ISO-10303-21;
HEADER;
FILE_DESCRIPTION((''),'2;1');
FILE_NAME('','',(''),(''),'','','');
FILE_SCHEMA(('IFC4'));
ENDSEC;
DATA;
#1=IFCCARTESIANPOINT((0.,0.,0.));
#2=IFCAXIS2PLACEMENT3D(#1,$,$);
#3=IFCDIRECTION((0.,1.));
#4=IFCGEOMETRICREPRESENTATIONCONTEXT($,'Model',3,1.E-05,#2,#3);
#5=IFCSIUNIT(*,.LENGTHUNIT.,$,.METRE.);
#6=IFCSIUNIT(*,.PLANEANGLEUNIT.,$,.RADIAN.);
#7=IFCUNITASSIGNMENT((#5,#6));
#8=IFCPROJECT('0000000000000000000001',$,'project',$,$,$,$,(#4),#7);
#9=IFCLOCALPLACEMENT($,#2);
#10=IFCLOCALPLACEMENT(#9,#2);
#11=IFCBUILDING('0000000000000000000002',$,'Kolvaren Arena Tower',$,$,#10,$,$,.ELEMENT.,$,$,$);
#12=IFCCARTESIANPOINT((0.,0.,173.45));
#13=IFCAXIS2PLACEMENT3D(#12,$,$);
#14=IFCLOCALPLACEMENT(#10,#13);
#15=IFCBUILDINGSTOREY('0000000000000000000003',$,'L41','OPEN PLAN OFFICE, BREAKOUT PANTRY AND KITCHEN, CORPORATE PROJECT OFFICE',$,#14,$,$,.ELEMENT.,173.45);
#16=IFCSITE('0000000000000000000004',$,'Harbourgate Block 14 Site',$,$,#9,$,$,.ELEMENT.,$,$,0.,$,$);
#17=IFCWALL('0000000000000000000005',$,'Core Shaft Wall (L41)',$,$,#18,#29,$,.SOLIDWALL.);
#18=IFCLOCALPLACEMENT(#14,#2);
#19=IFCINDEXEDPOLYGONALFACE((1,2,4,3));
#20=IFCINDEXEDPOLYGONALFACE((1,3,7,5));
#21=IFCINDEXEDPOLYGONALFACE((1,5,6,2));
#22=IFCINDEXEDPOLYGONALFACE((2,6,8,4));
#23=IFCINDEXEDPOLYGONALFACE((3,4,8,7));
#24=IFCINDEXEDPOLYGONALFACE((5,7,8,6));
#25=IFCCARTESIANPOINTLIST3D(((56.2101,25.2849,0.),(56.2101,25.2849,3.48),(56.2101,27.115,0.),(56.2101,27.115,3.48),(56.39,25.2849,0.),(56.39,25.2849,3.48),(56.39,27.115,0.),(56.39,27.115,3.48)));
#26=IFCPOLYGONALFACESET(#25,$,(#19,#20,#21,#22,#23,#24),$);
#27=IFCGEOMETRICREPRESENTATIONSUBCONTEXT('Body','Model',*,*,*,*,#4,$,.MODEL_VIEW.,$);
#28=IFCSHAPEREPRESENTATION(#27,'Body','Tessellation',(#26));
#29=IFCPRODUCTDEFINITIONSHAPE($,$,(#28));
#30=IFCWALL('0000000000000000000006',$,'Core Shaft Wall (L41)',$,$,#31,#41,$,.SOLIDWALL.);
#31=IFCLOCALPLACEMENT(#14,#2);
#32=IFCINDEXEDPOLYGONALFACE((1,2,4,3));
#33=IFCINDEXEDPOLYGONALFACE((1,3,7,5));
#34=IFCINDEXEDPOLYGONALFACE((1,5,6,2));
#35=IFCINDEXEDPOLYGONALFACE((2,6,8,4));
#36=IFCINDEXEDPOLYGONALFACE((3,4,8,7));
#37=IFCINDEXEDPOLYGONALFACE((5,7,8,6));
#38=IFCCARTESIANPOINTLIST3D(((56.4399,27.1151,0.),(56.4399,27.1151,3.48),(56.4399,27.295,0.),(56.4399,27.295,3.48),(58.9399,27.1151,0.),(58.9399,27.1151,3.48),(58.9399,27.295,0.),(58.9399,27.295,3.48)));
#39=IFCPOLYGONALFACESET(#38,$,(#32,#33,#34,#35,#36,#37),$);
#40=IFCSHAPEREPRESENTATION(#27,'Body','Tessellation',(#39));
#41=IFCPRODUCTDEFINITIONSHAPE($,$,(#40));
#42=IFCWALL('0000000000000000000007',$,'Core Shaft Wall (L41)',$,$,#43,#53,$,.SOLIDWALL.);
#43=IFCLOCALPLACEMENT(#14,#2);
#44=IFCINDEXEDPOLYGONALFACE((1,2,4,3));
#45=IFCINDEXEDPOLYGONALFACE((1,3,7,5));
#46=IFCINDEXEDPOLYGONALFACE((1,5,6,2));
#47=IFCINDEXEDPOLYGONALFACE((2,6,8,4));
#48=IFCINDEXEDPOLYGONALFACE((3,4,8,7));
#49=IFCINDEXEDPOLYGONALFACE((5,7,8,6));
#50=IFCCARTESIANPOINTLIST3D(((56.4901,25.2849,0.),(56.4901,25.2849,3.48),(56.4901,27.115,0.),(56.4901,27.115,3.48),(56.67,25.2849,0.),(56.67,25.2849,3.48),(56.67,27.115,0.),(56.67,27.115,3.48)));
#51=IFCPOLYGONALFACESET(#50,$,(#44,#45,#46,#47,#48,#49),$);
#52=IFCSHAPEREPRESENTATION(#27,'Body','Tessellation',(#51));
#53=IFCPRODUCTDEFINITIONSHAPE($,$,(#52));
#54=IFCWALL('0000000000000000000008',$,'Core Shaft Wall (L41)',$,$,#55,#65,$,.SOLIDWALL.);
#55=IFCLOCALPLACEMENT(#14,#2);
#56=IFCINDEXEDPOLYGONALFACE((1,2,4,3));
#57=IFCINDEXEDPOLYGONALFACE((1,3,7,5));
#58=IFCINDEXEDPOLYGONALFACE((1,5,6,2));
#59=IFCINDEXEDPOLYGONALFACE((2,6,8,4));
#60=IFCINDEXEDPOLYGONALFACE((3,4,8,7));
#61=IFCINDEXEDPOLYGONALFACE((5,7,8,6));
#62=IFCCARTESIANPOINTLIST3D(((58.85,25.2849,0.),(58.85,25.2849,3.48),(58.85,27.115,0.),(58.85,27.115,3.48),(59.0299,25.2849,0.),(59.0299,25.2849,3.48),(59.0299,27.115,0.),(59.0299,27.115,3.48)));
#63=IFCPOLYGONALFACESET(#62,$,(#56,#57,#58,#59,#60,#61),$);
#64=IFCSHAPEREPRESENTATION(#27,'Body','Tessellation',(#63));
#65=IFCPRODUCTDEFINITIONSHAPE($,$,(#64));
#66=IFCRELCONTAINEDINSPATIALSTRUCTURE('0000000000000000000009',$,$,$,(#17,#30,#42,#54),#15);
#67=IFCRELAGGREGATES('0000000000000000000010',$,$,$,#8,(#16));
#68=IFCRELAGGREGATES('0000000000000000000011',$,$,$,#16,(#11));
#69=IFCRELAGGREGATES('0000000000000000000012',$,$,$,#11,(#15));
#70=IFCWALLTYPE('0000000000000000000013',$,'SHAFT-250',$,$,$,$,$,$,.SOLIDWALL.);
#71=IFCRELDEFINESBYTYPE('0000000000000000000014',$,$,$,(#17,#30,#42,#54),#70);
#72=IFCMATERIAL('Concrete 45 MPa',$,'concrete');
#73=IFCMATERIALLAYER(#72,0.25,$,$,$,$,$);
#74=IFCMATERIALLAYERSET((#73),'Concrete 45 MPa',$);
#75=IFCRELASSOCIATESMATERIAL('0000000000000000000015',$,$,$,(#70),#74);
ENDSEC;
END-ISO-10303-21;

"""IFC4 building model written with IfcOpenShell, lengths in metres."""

from ifc_helpers import new_model, si_unit, direction, frame, frame_2d, origin, place, context, subcontext, project, spatial, rectangle, extrude, material, layer, layer_set, type_object, element, save


model = new_model("IFC4")

# Units and contexts
model_context = context("Model", 3, precision=1e-05, world=origin(), true_north=direction((0.0, 1.0)))
body_context = subcontext(model_context, "Body", "Model", "MODEL_VIEW")
ifc_project = project(units=[si_unit("LENGTHUNIT", "METRE"), si_unit("PLANEANGLEUNIT", "RADIAN")], contexts=[model_context])

# Site, building, storey
site_placement = place(None, origin())
site = spatial("IfcSite", under=ifc_project, at=site_placement, Name="Harbourgate Block 14 Site", CompositionType="ELEMENT", RefElevation=0.0)
building_placement = place(site_placement, origin())
building = spatial("IfcBuilding", under=site, at=building_placement, Name="Kolvaren Arena Tower", CompositionType="ELEMENT")
storey_placement = place(building_placement, frame((0.0, 0.0, 173.45)))
storey = spatial("IfcBuildingStorey", under=building, at=storey_placement, Name="L41", Description="OPEN PLAN OFFICE, BREAKOUT PANTRY AND KITCHEN, CORPORATE PROJECT OFFICE", CompositionType="ELEMENT", Elevation=173.45)

# Walls
ifc_material_1 = material(Name="Concrete 45 MPa", Category="concrete")
ifc_layer_1 = layer(ifc_material_1, 0.25)
ifc_layer_set_1 = layer_set([ifc_layer_1], Name="Concrete 45 MPa")
wall_type_1 = type_object("IfcWallType", Name="SHAFT-250", PredefinedType="SOLIDWALL", material=ifc_layer_set_1)
for number, where, z_axis, x_axis, name in (
    (1, (56.3, 25.2849, 0.0), (0.0, 0.0, 1.0), (0.0, 1.0, 0.0), "Core Shaft Wall (L41)"),
):
    element("IfcWall", number, at=place(storey_placement, frame(where, z_axis=z_axis, x_axis=x_axis)), inside=storey, type_object=wall_type_1, Name=name, PredefinedType="SOLIDWALL", context=body_context, shape_type="SweptSolid", body=[
        extrude(rectangle(XDim=1.8301, YDim=0.1799, at=frame_2d((0.915, 0.0))), origin(), (0.0, 0.0, 1.0), 3.48),
    ])
wall_1_placement = place(storey_placement, frame((56.4399, 27.2051, 0.0), z_axis=(0.0, 0.0, 1.0), x_axis=(1.0, 0.0, 0.0)))
element("IfcWall", 2, at=wall_1_placement, inside=storey, type_object=wall_type_1, Name="Core Shaft Wall (L41)", PredefinedType="SOLIDWALL", context=body_context, shape_type="SweptSolid", body=[
    extrude(rectangle(XDim=2.5, YDim=0.1799, at=frame_2d((1.25, 0.0))), origin(), (0.0, 0.0, 1.0), 3.48),
])
for number, where, z_axis, x_axis, name in (
    (3, (56.5801, 25.2849, 0.0), (0.0, 0.0, 1.0), (0.0, 1.0, 0.0), "Core Shaft Wall (L41)"),
    (4, (58.9399, 25.2849, 0.0), (0.0, 0.0, 1.0), (0.0, 1.0, 0.0), "Core Shaft Wall (L41)"),
):
    element("IfcWall", number, at=place(storey_placement, frame(where, z_axis=z_axis, x_axis=x_axis)), inside=storey, type_object=wall_type_1, Name=name, PredefinedType="SOLIDWALL", context=body_context, shape_type="SweptSolid", body=[
        extrude(rectangle(XDim=1.8301, YDim=0.1799, at=frame_2d((0.915, 0.0))), origin(), (0.0, 0.0, 1.0), 3.48),
    ])

save(model, "model.ifc")
